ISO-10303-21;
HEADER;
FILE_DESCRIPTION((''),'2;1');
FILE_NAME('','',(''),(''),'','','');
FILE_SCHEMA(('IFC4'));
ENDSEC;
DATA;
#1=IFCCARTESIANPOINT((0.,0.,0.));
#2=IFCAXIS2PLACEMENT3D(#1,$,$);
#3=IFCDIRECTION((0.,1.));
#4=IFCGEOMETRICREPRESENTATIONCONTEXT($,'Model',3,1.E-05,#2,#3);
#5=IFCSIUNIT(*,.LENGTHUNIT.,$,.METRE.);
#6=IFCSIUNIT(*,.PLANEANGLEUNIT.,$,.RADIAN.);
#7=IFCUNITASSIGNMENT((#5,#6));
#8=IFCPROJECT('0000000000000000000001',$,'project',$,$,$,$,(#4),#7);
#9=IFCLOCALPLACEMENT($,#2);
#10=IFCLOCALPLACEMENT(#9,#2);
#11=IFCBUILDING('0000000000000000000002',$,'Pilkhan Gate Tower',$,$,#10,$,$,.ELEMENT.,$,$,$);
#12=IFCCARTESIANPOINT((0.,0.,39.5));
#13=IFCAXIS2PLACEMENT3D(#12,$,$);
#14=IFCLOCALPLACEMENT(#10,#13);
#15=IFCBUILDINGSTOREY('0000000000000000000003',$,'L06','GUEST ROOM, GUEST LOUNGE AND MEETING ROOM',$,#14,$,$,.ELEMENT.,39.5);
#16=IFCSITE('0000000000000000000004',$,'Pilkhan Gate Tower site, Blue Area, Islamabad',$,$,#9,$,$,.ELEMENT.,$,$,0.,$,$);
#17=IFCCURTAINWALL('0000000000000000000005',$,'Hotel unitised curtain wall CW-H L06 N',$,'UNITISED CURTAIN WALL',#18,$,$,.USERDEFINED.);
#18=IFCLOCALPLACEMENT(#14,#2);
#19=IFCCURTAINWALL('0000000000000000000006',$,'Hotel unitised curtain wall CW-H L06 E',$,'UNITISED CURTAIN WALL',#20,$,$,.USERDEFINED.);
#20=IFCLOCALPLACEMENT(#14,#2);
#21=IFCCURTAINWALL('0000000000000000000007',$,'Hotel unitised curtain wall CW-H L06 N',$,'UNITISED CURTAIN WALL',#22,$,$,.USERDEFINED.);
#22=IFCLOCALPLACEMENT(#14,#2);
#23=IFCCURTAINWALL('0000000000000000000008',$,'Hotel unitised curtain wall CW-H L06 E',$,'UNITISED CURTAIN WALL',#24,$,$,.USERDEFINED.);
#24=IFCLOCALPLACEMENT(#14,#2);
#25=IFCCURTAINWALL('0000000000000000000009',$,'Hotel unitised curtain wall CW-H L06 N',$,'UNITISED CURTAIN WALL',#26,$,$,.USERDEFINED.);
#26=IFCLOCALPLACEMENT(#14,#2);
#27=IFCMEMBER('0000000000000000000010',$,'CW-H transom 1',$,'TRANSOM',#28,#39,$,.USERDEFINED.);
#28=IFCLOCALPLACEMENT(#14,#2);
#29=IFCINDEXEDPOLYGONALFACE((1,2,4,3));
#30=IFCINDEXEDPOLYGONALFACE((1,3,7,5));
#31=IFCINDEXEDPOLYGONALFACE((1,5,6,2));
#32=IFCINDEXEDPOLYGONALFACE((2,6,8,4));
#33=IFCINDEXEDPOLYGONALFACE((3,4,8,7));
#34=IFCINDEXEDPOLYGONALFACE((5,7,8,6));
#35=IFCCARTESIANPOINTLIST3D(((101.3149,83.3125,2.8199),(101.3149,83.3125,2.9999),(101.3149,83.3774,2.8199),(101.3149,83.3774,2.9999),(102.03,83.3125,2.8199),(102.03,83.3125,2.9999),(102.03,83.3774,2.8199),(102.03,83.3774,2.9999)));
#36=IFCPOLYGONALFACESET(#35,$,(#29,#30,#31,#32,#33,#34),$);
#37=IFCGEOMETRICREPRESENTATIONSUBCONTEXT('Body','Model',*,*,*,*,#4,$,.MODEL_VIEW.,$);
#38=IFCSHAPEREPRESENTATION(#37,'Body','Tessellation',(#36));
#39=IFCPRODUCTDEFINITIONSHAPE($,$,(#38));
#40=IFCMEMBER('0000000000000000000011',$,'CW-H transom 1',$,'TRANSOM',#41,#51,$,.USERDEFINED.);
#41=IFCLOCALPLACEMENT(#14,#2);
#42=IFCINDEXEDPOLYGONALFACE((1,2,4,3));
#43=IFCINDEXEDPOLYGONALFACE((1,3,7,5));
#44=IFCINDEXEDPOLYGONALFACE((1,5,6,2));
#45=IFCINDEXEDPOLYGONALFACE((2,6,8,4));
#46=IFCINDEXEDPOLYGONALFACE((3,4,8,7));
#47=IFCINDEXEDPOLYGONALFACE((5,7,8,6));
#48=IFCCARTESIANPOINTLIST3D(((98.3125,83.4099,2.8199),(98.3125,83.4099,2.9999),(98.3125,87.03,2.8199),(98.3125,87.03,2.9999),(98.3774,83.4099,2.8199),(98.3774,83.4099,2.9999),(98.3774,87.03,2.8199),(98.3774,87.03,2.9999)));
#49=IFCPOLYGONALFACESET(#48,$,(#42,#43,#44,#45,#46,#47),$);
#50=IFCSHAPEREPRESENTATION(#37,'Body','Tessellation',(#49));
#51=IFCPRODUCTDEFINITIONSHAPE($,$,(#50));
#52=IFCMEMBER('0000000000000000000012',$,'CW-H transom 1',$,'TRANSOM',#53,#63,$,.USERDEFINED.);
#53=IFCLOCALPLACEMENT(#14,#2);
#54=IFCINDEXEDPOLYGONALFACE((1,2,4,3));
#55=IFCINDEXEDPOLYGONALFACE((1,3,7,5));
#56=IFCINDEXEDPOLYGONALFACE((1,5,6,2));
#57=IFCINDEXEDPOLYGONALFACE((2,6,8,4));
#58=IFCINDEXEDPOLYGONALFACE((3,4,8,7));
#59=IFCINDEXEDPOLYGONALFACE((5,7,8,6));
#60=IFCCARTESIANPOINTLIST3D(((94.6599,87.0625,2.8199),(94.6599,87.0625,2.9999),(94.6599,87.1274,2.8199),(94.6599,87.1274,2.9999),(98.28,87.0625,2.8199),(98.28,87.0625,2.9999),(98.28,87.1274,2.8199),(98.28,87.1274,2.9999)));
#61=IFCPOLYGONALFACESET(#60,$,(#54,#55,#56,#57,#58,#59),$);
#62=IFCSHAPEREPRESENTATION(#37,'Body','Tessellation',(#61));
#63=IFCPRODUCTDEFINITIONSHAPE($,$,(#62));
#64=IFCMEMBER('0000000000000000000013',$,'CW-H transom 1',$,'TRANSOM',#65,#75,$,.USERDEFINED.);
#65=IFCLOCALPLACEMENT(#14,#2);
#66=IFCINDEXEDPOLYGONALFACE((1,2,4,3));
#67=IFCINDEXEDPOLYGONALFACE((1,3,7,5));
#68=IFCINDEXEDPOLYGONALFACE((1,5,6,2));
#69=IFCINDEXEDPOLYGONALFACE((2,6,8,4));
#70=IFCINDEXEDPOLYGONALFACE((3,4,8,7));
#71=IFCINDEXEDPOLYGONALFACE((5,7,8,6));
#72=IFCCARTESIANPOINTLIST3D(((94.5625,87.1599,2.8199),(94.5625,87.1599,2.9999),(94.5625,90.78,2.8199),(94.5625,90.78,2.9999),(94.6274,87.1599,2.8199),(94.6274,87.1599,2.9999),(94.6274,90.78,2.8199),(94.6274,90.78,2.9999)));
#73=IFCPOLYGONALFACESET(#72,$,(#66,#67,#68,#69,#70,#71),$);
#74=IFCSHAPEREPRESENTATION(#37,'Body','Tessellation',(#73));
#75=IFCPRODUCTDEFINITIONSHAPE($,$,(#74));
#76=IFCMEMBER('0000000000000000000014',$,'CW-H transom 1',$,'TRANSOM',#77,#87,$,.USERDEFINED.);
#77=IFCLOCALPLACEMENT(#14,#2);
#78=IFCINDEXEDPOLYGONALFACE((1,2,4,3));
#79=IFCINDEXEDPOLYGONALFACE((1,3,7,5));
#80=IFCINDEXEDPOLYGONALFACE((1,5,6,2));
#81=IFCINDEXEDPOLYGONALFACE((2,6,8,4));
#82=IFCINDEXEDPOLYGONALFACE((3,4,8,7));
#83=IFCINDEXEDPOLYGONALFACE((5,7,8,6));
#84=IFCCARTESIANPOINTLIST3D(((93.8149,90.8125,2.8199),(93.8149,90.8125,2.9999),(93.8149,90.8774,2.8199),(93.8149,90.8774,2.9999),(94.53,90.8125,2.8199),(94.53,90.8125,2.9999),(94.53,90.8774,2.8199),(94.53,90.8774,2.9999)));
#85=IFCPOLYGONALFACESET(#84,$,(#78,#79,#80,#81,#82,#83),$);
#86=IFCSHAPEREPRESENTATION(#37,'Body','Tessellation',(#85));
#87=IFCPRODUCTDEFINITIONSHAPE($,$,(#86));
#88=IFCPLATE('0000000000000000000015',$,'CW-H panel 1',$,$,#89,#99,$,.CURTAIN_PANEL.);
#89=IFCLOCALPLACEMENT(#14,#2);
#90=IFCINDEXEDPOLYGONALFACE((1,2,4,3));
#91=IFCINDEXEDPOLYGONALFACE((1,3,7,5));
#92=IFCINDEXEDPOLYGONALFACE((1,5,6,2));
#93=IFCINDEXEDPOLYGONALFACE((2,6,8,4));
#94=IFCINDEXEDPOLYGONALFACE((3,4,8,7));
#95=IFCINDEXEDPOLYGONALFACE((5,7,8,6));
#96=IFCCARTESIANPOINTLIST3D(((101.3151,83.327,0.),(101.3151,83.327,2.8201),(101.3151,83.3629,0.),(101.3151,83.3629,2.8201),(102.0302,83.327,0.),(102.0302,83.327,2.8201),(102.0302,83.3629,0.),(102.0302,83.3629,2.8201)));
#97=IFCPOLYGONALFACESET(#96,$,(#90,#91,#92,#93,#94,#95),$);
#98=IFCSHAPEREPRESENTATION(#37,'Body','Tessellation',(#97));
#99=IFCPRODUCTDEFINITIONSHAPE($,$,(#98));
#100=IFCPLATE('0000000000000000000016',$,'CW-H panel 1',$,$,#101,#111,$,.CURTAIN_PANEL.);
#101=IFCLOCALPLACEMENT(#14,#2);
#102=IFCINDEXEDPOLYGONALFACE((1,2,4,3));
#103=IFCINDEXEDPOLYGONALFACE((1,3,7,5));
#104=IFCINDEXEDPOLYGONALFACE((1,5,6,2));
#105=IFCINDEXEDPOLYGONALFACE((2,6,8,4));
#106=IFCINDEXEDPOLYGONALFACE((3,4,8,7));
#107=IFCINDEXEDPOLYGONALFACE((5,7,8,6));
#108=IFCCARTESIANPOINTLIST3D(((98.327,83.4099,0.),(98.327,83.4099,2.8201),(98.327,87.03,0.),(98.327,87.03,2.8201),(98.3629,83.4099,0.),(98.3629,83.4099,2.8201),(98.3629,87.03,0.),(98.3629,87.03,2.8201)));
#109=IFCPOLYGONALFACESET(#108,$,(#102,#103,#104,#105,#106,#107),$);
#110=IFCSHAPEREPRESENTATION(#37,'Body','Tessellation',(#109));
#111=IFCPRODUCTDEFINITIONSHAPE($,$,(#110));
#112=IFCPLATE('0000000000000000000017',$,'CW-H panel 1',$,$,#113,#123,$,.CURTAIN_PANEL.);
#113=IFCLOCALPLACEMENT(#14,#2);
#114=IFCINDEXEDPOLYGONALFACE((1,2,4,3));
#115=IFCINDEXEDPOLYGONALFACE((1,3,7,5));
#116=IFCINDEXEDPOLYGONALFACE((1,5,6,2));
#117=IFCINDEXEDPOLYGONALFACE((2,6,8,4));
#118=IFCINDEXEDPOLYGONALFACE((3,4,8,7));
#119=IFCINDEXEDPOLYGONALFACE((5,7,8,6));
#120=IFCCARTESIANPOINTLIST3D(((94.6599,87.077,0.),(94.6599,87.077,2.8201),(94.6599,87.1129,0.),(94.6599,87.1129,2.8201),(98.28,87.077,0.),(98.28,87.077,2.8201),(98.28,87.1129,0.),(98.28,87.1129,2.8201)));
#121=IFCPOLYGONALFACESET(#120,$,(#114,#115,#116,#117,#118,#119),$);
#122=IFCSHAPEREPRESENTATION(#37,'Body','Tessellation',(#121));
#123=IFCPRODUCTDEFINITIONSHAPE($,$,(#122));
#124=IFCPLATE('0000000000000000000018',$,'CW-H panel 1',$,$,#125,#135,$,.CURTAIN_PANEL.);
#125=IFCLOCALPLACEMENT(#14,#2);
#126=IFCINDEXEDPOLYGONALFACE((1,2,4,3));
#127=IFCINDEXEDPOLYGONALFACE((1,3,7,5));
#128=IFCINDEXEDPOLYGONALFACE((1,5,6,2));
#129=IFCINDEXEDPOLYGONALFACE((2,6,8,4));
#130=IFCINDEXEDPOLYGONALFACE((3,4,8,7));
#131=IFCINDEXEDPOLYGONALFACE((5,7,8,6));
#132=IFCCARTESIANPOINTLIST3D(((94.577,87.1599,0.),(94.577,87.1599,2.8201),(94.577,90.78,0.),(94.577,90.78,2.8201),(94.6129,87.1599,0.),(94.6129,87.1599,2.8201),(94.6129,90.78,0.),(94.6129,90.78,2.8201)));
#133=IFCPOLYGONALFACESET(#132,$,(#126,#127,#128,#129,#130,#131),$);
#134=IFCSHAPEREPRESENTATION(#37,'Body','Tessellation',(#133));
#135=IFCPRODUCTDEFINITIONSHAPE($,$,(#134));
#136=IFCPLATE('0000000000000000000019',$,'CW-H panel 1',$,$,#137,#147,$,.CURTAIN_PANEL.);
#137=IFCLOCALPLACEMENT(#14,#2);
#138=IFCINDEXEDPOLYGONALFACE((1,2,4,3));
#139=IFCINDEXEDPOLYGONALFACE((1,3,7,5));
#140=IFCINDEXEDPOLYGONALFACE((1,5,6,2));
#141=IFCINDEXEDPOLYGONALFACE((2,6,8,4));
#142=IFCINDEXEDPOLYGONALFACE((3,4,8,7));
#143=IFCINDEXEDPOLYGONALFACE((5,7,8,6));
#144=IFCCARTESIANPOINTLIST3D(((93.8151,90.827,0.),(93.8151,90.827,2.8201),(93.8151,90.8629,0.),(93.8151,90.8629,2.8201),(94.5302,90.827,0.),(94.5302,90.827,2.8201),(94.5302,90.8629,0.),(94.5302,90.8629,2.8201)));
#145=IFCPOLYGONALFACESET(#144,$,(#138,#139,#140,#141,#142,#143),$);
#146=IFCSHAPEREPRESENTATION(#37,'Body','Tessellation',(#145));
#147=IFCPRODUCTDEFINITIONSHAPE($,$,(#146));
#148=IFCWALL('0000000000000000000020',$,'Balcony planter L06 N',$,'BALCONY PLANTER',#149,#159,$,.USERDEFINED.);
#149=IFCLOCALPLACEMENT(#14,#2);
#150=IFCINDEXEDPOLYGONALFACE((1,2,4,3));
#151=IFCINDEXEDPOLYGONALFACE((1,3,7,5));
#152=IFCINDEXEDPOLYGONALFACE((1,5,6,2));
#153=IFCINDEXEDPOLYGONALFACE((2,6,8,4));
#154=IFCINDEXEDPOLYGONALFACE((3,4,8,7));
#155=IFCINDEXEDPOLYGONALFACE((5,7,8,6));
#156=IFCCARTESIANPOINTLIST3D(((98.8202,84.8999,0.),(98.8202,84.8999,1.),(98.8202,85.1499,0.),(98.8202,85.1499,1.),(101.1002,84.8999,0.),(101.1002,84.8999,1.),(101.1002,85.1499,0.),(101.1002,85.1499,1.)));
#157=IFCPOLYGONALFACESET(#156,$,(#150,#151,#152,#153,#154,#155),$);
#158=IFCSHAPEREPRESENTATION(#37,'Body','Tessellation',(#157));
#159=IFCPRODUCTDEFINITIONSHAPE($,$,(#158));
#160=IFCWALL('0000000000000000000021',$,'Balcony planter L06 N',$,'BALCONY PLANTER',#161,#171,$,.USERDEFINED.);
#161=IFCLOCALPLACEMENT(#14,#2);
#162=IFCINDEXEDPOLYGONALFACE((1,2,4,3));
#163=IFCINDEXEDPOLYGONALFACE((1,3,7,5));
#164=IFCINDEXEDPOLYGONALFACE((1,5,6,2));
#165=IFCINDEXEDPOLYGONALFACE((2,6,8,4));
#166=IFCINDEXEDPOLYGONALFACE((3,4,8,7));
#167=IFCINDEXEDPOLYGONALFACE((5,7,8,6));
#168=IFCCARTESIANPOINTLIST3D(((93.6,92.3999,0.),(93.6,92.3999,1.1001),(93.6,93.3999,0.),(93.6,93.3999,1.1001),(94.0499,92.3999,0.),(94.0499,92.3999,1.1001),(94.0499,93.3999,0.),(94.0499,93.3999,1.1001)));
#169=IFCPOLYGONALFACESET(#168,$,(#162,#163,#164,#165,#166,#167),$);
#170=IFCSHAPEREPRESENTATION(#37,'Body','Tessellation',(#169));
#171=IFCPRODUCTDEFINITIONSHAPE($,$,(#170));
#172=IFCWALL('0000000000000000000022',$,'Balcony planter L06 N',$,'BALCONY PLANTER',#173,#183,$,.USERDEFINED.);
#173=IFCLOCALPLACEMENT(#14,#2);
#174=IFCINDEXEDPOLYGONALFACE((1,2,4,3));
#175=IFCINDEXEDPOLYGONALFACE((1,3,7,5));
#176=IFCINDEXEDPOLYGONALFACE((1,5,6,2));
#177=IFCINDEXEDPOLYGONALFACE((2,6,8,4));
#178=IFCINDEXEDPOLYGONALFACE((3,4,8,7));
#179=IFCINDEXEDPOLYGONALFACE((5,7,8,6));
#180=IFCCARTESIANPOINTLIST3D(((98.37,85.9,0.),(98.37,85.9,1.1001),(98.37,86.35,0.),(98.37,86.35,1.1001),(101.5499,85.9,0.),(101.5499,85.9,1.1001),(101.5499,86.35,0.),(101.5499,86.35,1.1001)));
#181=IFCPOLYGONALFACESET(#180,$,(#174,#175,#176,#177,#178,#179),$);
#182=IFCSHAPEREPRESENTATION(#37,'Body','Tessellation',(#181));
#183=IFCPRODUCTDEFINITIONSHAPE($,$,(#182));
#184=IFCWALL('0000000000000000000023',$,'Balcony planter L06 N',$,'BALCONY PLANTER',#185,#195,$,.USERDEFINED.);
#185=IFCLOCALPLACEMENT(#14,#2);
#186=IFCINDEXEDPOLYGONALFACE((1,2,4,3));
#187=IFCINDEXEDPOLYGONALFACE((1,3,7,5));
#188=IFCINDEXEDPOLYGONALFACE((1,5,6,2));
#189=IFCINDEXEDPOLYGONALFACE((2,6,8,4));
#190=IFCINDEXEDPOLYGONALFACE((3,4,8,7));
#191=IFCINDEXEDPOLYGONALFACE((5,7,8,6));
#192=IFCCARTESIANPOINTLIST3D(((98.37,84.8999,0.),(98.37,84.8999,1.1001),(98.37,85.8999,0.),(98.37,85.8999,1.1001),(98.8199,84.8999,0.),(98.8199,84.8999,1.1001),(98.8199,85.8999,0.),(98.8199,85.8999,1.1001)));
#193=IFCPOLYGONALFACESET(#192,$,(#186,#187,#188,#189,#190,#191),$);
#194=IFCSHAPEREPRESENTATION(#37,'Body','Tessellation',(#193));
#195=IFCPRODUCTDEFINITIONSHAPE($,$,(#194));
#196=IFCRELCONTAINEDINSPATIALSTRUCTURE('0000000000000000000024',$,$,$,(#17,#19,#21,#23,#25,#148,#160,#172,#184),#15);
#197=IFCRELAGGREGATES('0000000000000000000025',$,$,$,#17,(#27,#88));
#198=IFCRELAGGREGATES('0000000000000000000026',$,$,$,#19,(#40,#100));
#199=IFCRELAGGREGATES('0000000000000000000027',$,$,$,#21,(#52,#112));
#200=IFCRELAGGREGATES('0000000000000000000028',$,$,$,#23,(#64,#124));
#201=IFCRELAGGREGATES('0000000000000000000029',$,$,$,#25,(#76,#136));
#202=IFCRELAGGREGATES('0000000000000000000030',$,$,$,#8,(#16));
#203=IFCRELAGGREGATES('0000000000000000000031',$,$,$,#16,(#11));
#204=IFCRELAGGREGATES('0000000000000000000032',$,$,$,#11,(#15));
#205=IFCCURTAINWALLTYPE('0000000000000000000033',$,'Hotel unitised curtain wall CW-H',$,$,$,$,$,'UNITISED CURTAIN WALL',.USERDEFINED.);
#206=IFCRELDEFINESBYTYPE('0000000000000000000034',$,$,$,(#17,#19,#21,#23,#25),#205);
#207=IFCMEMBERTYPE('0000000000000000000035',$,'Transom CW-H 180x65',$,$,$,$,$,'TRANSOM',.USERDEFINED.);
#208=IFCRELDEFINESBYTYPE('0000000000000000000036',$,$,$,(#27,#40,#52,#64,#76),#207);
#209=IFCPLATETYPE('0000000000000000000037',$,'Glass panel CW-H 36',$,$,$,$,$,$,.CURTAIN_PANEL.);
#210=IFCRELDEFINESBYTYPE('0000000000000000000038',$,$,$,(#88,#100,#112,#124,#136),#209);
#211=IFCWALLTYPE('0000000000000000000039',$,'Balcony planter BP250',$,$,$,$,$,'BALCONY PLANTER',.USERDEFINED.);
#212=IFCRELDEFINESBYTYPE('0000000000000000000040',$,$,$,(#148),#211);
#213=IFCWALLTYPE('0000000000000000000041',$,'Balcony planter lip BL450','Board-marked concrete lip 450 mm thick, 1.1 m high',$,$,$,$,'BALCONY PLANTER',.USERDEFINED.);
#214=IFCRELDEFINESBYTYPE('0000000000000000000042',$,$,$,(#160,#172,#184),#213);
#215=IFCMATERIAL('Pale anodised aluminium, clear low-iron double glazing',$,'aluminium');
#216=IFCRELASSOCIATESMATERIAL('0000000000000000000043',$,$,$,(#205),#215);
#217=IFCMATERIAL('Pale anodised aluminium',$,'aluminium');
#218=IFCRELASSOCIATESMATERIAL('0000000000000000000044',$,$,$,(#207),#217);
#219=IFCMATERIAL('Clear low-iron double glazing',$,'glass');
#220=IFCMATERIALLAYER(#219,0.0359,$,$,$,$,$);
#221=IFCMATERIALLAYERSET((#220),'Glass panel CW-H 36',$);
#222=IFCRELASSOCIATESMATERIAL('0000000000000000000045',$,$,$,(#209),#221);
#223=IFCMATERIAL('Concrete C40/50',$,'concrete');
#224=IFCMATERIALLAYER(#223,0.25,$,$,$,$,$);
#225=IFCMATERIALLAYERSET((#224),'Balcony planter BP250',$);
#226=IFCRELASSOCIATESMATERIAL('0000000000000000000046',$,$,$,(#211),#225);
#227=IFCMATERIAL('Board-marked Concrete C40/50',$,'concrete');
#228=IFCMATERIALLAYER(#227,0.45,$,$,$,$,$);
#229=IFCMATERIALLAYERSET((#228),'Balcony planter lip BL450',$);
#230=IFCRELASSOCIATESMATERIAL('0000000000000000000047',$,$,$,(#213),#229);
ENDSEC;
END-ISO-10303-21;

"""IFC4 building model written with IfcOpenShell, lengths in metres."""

from ifc_helpers import new_model, si_unit, direction, frame, frame_2d, origin, origin_2d, place, context, subcontext, project, spatial, rectangle, extrude, material, layer, layer_set, material_profile, profile_set, type_object, element, aggregate, save


model = new_model("IFC4")

# Units and contexts
model_context = context("Model", 3, precision=1e-05, world=origin(), true_north=direction((0.0, 1.0)))
body_context = subcontext(model_context, "Body", "Model", "MODEL_VIEW")
ifc_project = project(units=[si_unit("LENGTHUNIT", "METRE"), si_unit("PLANEANGLEUNIT", "RADIAN")], contexts=[model_context])

# Site, building, storey
site_placement = place(None, origin())
site = spatial("IfcSite", under=ifc_project, at=site_placement, Name="Pilkhan Gate Tower site, Blue Area, Islamabad", CompositionType="ELEMENT", RefElevation=0.0)
building_placement = place(site_placement, origin())
building = spatial("IfcBuilding", under=site, at=building_placement, Name="Pilkhan Gate Tower", CompositionType="ELEMENT")
storey_placement = place(building_placement, frame((0.0, 0.0, 39.5)))
storey = spatial("IfcBuildingStorey", under=building, at=storey_placement, Name="L06", Description="GUEST ROOM, GUEST LOUNGE AND MEETING ROOM", CompositionType="ELEMENT", Elevation=39.5)

# Shared definitions
ifc_material_1 = material(Name="Pale anodised aluminium, clear low-iron double glazing", Category="aluminium")
curtain_wall_type = type_object("IfcCurtainWallType", Name="Hotel unitised curtain wall CW-H", ElementType="UNITISED CURTAIN WALL", PredefinedType="USERDEFINED", material=ifc_material_1)
ifc_material_2 = material(Name="Pale anodised aluminium", Category="aluminium")

# Curtain walls
curtain_wall_1_placement = place(storey_placement, origin())
curtain_wall_1 = element("IfcCurtainWall", 1, at=curtain_wall_1_placement, inside=storey, type_object=curtain_wall_type, Name="Hotel unitised curtain wall CW-H L06 N", ObjectType="UNITISED CURTAIN WALL", PredefinedType="USERDEFINED")
curtain_wall_2_placement = place(storey_placement, origin())
curtain_wall_2 = element("IfcCurtainWall", 2, at=curtain_wall_2_placement, inside=storey, type_object=curtain_wall_type, Name="Hotel unitised curtain wall CW-H L06 E", ObjectType="UNITISED CURTAIN WALL", PredefinedType="USERDEFINED")
curtain_wall_3_placement = place(storey_placement, origin())
curtain_wall_3 = element("IfcCurtainWall", 3, at=curtain_wall_3_placement, inside=storey, type_object=curtain_wall_type, Name="Hotel unitised curtain wall CW-H L06 N", ObjectType="UNITISED CURTAIN WALL", PredefinedType="USERDEFINED")
curtain_wall_4_placement = place(storey_placement, origin())
curtain_wall_4 = element("IfcCurtainWall", 4, at=curtain_wall_4_placement, inside=storey, type_object=curtain_wall_type, Name="Hotel unitised curtain wall CW-H L06 E", ObjectType="UNITISED CURTAIN WALL", PredefinedType="USERDEFINED")
curtain_wall_5_placement = place(storey_placement, origin())
curtain_wall_5 = element("IfcCurtainWall", 5, at=curtain_wall_5_placement, inside=storey, type_object=curtain_wall_type, Name="Hotel unitised curtain wall CW-H L06 N", ObjectType="UNITISED CURTAIN WALL", PredefinedType="USERDEFINED")

# Members
ifc_material_profile_1 = material_profile(ifc_material_2, rectangle(XDim=0.0649, YDim=0.1799, at=origin_2d()), Name="Transom 180x65")
ifc_profile_set_1 = profile_set([ifc_material_profile_1], Name="Pale anodised aluminium")
member_type_1 = type_object("IfcMemberType", Name="Transom CW-H 180x65", ElementType="TRANSOM", PredefinedType="USERDEFINED", material=ifc_profile_set_1)
member_1_placement = place(storey_placement, frame((101.3149, 83.345, 2.9099), z_axis=(1.0, 0.0, 0.0), x_axis=(0.0, 1.0, 0.0)))
member_1 = element("IfcMember", 6, at=member_1_placement, type_object=member_type_1, Name="CW-H transom 1", ObjectType="TRANSOM", PredefinedType="USERDEFINED", context=body_context, shape_type="SweptSolid", body=[
    extrude(rectangle(XDim=0.0649, YDim=0.1799, at=origin_2d()), origin(), (0.0, 0.0, 1.0), 0.7151),
])
member_2_placement = place(storey_placement, frame((98.345, 83.4099, 2.9099), z_axis=(0.0, 1.0, 0.0), x_axis=(-1.0, 0.0, 0.0)))
member_2 = element("IfcMember", 7, at=member_2_placement, type_object=member_type_1, Name="CW-H transom 1", ObjectType="TRANSOM", PredefinedType="USERDEFINED", context=body_context, shape_type="SweptSolid", body=[
    extrude(rectangle(XDim=0.0649, YDim=0.1799, at=origin_2d()), origin(), (0.0, 0.0, 1.0), 3.6201),
])
member_3_placement = place(storey_placement, frame((94.6599, 87.095, 2.9099), z_axis=(1.0, 0.0, 0.0), x_axis=(0.0, 1.0, 0.0)))
member_3 = element("IfcMember", 8, at=member_3_placement, type_object=member_type_1, Name="CW-H transom 1", ObjectType="TRANSOM", PredefinedType="USERDEFINED", context=body_context, shape_type="SweptSolid", body=[
    extrude(rectangle(XDim=0.0649, YDim=0.1799, at=origin_2d()), origin(), (0.0, 0.0, 1.0), 3.6201),
])
member_4_placement = place(storey_placement, frame((94.595, 87.1599, 2.9099), z_axis=(0.0, 1.0, 0.0), x_axis=(-1.0, 0.0, 0.0)))
member_4 = element("IfcMember", 9, at=member_4_placement, type_object=member_type_1, Name="CW-H transom 1", ObjectType="TRANSOM", PredefinedType="USERDEFINED", context=body_context, shape_type="SweptSolid", body=[
    extrude(rectangle(XDim=0.0649, YDim=0.1799, at=origin_2d()), origin(), (0.0, 0.0, 1.0), 3.6201),
])
member_5_placement = place(storey_placement, frame((93.8149, 90.845, 2.9099), z_axis=(1.0, 0.0, 0.0), x_axis=(0.0, 1.0, 0.0)))
member_5 = element("IfcMember", 10, at=member_5_placement, type_object=member_type_1, Name="CW-H transom 1", ObjectType="TRANSOM", PredefinedType="USERDEFINED", context=body_context, shape_type="SweptSolid", body=[
    extrude(rectangle(XDim=0.0649, YDim=0.1799, at=origin_2d()), origin(), (0.0, 0.0, 1.0), 0.7151),
])

# Plates
ifc_material_3 = material(Name="Clear low-iron double glazing", Category="glass")
ifc_layer_1 = layer(ifc_material_3, 0.0359)
ifc_layer_set_1 = layer_set([ifc_layer_1], Name="Glass panel CW-H 36")
plate_type = type_object("IfcPlateType", Name="Glass panel CW-H 36", PredefinedType="CURTAIN_PANEL", material=ifc_layer_set_1)
plate_1_placement = place(storey_placement, frame((101.6726, 83.345, 0.0), z_axis=(0.0, 0.0, 1.0), x_axis=(1.0, 0.0, 0.0)))
plate_1 = element("IfcPlate", 11, at=plate_1_placement, type_object=plate_type, Name="CW-H panel 1", PredefinedType="CURTAIN_PANEL", context=body_context, shape_type="SweptSolid", body=[
    extrude(rectangle(XDim=0.7151, YDim=0.0359, at=origin_2d()), origin(), (0.0, 0.0, 1.0), 2.8201),
])
aggregate(curtain_wall_1, [member_1, plate_1])
plate_2_placement = place(storey_placement, frame((98.345, 85.22, 0.0), z_axis=(0.0, 0.0, 1.0), x_axis=(0.0, 1.0, 0.0)))
plate_2 = element("IfcPlate", 12, at=plate_2_placement, type_object=plate_type, Name="CW-H panel 1", PredefinedType="CURTAIN_PANEL", context=body_context, shape_type="SweptSolid", body=[
    extrude(rectangle(XDim=3.6201, YDim=0.0359, at=origin_2d()), origin(), (0.0, 0.0, 1.0), 2.8201),
])
aggregate(curtain_wall_2, [member_2, plate_2])
plate_3_placement = place(storey_placement, frame((96.47, 87.095, 0.0), z_axis=(0.0, 0.0, 1.0), x_axis=(1.0, 0.0, 0.0)))
plate_3 = element("IfcPlate", 13, at=plate_3_placement, type_object=plate_type, Name="CW-H panel 1", PredefinedType="CURTAIN_PANEL", context=body_context, shape_type="SweptSolid", body=[
    extrude(rectangle(XDim=3.6201, YDim=0.0359, at=origin_2d()), origin(), (0.0, 0.0, 1.0), 2.8201),
])
aggregate(curtain_wall_3, [member_3, plate_3])
plate_4_placement = place(storey_placement, frame((94.595, 88.97, 0.0), z_axis=(0.0, 0.0, 1.0), x_axis=(0.0, 1.0, 0.0)))
plate_4 = element("IfcPlate", 14, at=plate_4_placement, type_object=plate_type, Name="CW-H panel 1", PredefinedType="CURTAIN_PANEL", context=body_context, shape_type="SweptSolid", body=[
    extrude(rectangle(XDim=3.6201, YDim=0.0359, at=origin_2d()), origin(), (0.0, 0.0, 1.0), 2.8201),
])
aggregate(curtain_wall_4, [member_4, plate_4])
plate_5_placement = place(storey_placement, frame((94.1726, 90.845, 0.0), z_axis=(0.0, 0.0, 1.0), x_axis=(1.0, 0.0, 0.0)))
plate_5 = element("IfcPlate", 15, at=plate_5_placement, type_object=plate_type, Name="CW-H panel 1", PredefinedType="CURTAIN_PANEL", context=body_context, shape_type="SweptSolid", body=[
    extrude(rectangle(XDim=0.7151, YDim=0.0359, at=origin_2d()), origin(), (0.0, 0.0, 1.0), 2.8201),
])
aggregate(curtain_wall_5, [member_5, plate_5])

# Walls
ifc_material_4 = material(Name="Concrete C40/50", Category="concrete")
ifc_layer_2 = layer(ifc_material_4, 0.25)
ifc_layer_set_2 = layer_set([ifc_layer_2], Name="Balcony planter BP250")
wall_type_1 = type_object("IfcWallType", Name="Balcony planter BP250", ElementType="BALCONY PLANTER", PredefinedType="USERDEFINED", material=ifc_layer_set_2)
wall_1_placement = place(storey_placement, frame((98.8201, 85.0249, 0.0), z_axis=(0.0, 0.0, 1.0), x_axis=(1.0, 0.0, 0.0)))
element("IfcWall", 16, at=wall_1_placement, inside=storey, type_object=wall_type_1, Name="Balcony planter L06 N", ObjectType="BALCONY PLANTER", PredefinedType="USERDEFINED", context=body_context, shape_type="SweptSolid", body=[
    extrude(rectangle(XDim=2.28, YDim=0.25, at=frame_2d((1.1401, 0.0))), origin(), (0.0, 0.0, 1.0), 1.0),
])
ifc_material_5 = material(Name="Board-marked Concrete C40/50", Category="concrete")
ifc_layer_3 = layer(ifc_material_5, 0.45)
ifc_layer_set_3 = layer_set([ifc_layer_3], Name="Balcony planter lip BL450")
wall_type_2 = type_object("IfcWallType", Name="Balcony planter lip BL450", Description="Board-marked concrete lip 450 mm thick, 1.1 m high", ElementType="BALCONY PLANTER", PredefinedType="USERDEFINED", material=ifc_layer_set_3)
wall_2_placement = place(storey_placement, frame((93.825, 92.3999, 0.0), z_axis=(0.0, 0.0, 1.0), x_axis=(0.0, 1.0, 0.0)))
element("IfcWall", 17, at=wall_2_placement, inside=storey, type_object=wall_type_2, Name="Balcony planter L06 N", ObjectType="BALCONY PLANTER", PredefinedType="USERDEFINED", context=body_context, shape_type="SweptSolid", body=[
    extrude(rectangle(XDim=1.0, YDim=0.45, at=frame_2d((0.5, 0.0))), origin(), (0.0, 0.0, 1.0), 1.1001),
])
wall_3_placement = place(storey_placement, frame((98.3701, 86.125, 0.0), z_axis=(0.0, 0.0, 1.0), x_axis=(1.0, 0.0, 0.0)))
element("IfcWall", 18, at=wall_3_placement, inside=storey, type_object=wall_type_2, Name="Balcony planter L06 N", ObjectType="BALCONY PLANTER", PredefinedType="USERDEFINED", context=body_context, shape_type="SweptSolid", body=[
    extrude(rectangle(XDim=3.1799, YDim=0.45, at=frame_2d((1.5898, 0.0))), origin(), (0.0, 0.0, 1.0), 1.1001),
])
for number, where, z_axis, x_axis, name in (
    (19, (98.595, 84.8999, 0.0), (0.0, 0.0, 1.0), (0.0, 1.0, 0.0), "Balcony planter L06 N"),
):
    element("IfcWall", number, at=place(storey_placement, frame(where, z_axis=z_axis, x_axis=x_axis)), inside=storey, type_object=wall_type_2, Name=name, ObjectType="BALCONY PLANTER", PredefinedType="USERDEFINED", context=body_context, shape_type="SweptSolid", body=[
        extrude(rectangle(XDim=1.0, YDim=0.45, at=frame_2d((0.5, 0.0))), origin(), (0.0, 0.0, 1.0), 1.1001),
    ])

save(model, "model.ifc")
